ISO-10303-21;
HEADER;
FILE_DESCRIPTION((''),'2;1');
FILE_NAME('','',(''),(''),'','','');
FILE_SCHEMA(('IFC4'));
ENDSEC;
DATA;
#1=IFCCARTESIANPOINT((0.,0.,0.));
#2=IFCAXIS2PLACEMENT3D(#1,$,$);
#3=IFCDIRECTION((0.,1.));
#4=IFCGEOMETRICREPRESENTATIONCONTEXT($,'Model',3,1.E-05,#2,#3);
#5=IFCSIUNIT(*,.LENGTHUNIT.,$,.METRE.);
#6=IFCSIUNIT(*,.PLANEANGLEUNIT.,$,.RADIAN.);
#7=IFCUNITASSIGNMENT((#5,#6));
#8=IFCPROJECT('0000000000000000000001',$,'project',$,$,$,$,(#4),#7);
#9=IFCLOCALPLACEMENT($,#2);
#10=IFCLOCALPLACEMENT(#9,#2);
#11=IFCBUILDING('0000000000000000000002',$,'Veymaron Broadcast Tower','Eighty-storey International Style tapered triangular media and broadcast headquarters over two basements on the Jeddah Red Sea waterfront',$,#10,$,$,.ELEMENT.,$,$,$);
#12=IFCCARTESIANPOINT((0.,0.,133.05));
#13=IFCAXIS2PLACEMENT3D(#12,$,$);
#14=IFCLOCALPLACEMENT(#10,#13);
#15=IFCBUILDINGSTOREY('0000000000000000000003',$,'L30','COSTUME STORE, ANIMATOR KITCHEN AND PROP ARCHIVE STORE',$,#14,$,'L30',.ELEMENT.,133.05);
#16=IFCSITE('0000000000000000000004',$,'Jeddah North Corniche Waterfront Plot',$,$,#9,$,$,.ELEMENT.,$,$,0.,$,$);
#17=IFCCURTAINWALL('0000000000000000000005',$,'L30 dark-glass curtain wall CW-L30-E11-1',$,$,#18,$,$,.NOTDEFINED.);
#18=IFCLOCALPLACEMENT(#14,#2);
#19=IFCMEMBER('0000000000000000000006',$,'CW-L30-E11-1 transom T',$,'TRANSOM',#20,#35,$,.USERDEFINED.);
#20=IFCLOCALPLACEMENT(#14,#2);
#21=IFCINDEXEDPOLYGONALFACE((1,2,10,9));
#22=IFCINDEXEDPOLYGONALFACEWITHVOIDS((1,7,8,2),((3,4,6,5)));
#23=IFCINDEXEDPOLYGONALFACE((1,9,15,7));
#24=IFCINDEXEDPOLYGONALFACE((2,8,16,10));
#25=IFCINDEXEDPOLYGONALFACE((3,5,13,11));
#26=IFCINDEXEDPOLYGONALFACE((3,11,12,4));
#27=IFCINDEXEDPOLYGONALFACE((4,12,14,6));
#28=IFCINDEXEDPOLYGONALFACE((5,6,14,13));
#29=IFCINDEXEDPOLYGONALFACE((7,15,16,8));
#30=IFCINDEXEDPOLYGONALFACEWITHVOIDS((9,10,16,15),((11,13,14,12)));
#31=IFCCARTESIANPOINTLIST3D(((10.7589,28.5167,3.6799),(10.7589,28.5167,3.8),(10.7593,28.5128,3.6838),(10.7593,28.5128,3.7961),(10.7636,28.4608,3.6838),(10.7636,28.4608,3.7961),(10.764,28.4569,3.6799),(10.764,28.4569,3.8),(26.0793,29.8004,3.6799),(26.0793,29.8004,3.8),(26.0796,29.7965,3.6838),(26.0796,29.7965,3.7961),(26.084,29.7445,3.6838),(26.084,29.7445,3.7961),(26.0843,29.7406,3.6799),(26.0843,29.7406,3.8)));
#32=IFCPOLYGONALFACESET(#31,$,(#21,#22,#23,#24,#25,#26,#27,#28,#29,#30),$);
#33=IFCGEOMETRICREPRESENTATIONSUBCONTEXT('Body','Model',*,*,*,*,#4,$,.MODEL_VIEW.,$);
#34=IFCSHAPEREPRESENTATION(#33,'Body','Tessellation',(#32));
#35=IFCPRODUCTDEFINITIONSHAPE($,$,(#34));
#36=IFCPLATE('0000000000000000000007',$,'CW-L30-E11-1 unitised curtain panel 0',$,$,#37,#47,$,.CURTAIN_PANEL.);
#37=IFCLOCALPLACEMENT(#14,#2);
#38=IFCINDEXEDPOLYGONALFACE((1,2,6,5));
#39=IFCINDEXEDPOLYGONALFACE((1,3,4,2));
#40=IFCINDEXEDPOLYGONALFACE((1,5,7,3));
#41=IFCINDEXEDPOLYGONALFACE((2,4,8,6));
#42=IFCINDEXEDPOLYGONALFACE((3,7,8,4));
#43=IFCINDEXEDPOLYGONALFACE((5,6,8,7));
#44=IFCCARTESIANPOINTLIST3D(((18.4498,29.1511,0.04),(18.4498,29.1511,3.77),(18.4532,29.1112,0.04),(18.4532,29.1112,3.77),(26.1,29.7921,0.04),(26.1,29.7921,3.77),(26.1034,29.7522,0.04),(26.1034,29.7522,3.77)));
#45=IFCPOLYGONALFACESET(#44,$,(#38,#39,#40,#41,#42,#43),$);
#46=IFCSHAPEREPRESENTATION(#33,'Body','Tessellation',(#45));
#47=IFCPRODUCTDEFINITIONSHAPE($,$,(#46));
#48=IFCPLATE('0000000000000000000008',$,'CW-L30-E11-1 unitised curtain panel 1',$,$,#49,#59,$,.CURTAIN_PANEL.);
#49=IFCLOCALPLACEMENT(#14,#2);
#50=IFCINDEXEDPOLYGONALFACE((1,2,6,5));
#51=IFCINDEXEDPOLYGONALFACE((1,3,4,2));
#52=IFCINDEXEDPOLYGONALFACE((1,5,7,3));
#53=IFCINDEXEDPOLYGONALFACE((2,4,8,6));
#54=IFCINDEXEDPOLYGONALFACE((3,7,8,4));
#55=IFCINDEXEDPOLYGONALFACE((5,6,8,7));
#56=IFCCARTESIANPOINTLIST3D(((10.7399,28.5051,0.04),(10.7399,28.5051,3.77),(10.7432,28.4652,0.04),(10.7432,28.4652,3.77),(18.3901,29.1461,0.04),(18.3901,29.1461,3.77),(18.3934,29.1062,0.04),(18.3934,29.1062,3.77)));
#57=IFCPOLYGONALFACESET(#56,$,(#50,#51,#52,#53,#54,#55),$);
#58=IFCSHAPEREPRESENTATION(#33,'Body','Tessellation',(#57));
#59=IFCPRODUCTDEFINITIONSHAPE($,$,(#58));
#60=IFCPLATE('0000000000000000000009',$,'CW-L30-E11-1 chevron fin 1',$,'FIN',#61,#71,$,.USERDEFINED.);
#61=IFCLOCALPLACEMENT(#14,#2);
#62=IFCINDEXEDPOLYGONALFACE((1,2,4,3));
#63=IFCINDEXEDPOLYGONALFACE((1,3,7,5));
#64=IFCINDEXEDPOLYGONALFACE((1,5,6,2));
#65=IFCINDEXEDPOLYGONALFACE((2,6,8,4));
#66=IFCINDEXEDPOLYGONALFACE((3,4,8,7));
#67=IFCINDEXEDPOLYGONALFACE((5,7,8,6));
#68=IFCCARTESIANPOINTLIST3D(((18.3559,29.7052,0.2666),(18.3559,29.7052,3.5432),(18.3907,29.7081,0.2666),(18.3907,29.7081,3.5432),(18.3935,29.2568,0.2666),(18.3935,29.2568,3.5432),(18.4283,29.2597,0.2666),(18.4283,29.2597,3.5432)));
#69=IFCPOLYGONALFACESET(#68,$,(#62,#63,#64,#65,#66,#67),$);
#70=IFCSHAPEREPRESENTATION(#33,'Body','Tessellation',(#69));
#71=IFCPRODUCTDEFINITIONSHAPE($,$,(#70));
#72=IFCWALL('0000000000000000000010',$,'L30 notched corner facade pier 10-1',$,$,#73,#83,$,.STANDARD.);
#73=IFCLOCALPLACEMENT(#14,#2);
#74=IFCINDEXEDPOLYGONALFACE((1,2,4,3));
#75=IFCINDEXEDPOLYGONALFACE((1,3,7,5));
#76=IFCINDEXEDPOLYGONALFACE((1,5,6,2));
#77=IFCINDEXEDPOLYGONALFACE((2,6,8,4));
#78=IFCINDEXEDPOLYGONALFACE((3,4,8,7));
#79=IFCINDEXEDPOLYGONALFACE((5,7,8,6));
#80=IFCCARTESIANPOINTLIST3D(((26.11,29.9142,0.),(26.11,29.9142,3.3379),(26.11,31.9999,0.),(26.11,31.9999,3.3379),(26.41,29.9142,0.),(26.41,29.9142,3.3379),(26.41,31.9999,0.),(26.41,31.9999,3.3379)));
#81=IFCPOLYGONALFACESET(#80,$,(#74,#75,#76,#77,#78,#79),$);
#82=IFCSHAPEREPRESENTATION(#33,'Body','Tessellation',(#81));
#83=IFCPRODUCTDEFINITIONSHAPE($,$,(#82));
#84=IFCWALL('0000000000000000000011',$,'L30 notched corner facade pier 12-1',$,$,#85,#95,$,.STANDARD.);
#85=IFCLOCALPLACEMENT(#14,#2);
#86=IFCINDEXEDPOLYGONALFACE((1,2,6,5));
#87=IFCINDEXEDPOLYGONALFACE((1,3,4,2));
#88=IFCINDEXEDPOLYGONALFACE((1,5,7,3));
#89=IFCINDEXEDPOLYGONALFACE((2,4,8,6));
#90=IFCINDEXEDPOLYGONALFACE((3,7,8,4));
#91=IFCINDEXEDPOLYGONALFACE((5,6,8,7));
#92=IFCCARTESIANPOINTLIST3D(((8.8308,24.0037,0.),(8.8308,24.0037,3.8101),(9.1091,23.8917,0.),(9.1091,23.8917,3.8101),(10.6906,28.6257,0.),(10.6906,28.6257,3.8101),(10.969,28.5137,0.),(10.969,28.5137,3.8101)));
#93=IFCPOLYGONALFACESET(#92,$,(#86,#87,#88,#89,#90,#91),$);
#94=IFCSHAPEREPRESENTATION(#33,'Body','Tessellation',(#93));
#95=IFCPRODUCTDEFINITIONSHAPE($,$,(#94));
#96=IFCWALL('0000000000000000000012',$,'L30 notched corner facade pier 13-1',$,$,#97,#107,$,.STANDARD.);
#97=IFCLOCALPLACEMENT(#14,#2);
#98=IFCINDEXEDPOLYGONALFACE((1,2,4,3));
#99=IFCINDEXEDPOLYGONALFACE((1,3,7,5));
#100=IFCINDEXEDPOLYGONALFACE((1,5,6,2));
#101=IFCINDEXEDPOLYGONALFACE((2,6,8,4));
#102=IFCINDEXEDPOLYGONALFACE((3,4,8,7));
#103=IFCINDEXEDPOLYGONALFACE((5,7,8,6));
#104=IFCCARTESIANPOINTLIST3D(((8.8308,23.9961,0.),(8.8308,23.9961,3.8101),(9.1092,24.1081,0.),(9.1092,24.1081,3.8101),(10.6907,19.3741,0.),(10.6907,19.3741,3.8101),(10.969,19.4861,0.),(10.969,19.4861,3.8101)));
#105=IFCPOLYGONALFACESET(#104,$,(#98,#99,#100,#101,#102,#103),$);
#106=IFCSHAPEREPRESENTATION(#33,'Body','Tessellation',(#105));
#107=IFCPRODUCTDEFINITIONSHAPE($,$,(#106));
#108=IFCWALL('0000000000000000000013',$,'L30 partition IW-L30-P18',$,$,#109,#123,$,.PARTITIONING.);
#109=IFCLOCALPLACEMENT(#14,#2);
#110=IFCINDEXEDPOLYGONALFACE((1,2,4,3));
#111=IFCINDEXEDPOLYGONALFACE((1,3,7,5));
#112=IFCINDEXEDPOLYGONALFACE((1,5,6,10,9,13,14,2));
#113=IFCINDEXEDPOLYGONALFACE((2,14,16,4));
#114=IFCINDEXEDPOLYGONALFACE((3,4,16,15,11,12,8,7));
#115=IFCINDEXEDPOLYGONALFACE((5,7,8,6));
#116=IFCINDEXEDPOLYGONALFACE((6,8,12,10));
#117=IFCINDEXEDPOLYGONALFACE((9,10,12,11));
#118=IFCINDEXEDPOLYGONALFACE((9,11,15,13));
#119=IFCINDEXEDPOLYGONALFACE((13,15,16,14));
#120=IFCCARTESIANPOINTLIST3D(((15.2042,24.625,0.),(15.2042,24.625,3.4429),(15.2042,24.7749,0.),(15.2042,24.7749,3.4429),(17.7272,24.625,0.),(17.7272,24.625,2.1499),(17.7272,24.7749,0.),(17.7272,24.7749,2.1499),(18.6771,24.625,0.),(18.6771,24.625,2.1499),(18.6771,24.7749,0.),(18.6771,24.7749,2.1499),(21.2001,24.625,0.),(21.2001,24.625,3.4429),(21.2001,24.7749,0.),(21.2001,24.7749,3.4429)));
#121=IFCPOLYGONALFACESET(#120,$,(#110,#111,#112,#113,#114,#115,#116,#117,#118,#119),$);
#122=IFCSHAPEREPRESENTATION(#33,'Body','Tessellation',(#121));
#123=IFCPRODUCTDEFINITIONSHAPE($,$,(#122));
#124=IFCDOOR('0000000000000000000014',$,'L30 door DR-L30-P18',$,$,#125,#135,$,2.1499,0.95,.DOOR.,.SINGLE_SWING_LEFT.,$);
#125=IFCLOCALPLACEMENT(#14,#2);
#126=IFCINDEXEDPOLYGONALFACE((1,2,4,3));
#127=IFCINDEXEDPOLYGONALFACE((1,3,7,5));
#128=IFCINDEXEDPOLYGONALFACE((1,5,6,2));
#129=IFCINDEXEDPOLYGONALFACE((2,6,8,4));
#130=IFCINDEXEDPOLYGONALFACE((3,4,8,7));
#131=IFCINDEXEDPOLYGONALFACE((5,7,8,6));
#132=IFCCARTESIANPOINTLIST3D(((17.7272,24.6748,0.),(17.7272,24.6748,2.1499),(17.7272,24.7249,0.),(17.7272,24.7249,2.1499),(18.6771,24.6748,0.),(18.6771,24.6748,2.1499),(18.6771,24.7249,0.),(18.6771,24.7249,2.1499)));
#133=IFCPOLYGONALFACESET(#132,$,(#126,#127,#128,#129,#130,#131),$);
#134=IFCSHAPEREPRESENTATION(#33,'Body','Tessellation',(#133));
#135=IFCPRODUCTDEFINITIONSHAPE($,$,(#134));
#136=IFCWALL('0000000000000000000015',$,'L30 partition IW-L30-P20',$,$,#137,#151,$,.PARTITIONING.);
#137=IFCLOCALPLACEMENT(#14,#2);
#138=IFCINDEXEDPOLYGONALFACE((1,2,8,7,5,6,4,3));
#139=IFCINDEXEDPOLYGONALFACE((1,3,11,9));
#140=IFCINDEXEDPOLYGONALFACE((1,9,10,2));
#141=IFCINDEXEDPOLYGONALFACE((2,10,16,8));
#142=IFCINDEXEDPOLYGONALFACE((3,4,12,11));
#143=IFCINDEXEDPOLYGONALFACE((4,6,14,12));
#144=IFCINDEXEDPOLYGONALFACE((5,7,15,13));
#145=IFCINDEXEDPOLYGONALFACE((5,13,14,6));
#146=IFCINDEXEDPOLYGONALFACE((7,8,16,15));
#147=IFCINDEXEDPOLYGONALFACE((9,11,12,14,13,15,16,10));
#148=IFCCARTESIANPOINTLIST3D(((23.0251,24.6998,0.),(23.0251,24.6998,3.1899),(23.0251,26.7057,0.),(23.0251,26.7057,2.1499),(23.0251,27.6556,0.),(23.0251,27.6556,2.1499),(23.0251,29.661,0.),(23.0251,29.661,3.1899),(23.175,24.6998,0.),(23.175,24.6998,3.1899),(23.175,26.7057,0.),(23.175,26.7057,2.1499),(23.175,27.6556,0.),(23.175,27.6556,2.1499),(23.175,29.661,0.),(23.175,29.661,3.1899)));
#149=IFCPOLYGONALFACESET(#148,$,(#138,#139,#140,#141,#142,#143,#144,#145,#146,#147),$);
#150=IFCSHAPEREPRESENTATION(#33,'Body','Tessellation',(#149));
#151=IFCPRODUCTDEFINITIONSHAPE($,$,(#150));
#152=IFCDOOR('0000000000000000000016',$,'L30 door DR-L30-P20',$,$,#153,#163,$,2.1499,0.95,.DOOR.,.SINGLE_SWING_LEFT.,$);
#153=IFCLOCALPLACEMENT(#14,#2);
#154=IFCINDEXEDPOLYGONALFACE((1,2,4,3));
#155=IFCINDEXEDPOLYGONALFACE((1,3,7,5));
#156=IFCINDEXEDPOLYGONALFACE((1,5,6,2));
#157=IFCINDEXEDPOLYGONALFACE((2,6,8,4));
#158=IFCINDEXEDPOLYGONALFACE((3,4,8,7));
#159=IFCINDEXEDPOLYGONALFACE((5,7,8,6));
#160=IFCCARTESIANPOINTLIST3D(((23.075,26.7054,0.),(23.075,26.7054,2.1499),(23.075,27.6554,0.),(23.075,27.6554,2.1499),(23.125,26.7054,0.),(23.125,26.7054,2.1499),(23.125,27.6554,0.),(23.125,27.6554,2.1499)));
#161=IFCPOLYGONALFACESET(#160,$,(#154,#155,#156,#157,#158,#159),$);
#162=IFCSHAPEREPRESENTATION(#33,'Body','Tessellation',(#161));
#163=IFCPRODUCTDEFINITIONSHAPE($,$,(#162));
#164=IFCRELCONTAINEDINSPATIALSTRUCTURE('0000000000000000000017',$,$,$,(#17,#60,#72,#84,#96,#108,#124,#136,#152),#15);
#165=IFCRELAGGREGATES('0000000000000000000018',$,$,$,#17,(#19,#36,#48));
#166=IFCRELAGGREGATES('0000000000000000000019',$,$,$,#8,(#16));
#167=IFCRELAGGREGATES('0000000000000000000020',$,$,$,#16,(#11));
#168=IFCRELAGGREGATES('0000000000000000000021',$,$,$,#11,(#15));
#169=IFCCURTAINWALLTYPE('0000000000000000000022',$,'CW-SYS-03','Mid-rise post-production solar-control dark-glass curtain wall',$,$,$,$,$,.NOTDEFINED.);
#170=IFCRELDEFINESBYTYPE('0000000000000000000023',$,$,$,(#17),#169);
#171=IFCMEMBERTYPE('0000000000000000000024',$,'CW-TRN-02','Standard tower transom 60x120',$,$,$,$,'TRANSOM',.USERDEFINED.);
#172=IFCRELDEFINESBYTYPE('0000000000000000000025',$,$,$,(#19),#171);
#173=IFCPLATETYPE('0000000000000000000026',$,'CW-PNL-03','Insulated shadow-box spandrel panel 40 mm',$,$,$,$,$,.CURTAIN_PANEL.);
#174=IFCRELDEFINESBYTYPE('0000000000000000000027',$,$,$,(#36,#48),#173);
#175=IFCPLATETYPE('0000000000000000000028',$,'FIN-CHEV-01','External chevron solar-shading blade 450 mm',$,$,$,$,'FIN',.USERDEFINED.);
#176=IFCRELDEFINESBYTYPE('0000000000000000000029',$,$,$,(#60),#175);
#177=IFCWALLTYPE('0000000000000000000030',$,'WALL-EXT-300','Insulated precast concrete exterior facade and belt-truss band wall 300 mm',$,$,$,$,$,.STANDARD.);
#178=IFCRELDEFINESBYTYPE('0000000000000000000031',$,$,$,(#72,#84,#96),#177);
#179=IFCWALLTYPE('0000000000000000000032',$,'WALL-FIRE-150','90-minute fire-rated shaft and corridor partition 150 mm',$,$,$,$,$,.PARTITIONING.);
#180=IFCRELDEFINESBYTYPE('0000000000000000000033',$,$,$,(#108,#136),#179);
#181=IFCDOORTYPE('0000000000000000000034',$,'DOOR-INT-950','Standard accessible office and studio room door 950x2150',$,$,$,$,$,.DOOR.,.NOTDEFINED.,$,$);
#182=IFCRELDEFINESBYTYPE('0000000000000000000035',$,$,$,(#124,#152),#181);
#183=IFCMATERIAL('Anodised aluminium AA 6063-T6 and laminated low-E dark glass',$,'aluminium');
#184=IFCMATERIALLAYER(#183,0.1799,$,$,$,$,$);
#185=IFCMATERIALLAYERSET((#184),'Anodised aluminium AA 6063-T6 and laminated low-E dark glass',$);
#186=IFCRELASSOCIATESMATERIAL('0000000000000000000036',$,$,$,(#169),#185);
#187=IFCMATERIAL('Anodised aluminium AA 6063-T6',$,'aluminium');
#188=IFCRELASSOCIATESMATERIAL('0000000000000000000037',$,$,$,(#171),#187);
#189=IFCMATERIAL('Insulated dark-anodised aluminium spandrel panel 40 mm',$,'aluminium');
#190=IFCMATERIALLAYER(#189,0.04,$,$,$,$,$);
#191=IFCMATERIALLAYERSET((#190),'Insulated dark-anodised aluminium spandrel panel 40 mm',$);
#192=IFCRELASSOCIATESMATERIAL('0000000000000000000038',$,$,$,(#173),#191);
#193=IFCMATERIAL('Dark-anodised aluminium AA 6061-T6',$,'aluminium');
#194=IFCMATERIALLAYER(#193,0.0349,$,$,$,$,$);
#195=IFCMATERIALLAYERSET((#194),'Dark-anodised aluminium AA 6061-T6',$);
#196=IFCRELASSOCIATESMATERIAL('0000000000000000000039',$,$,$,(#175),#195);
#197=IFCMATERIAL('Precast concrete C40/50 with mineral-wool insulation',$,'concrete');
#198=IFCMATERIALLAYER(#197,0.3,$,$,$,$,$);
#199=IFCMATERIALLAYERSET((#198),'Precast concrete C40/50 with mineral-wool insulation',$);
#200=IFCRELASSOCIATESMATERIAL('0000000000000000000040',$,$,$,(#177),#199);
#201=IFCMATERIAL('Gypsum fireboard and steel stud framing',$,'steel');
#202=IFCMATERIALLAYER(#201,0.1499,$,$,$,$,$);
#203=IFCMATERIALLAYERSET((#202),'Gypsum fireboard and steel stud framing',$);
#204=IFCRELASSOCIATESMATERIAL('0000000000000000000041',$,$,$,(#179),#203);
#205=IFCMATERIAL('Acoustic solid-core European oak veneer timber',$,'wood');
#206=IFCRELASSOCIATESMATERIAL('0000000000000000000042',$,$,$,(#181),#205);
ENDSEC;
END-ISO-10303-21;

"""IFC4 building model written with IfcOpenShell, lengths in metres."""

from ifc_helpers import new_model, si_unit, direction, frame, frame_2d, origin, origin_2d, place, context, subcontext, project, spatial, rectangle, hollow_rectangle, extrude, material, layer, layer_set, material_profile, profile_set, type_object, element, fill, aggregate, save


model = new_model("IFC4")

# Units and contexts
model_context = context("Model", 3, precision=1e-05, world=origin(), true_north=direction((0.0, 1.0)))
body_context = subcontext(model_context, "Body", "Model", "MODEL_VIEW")
ifc_project = project(units=[si_unit("LENGTHUNIT", "METRE"), si_unit("PLANEANGLEUNIT", "RADIAN")], contexts=[model_context])

# Site, building, storey
site_placement = place(None, origin())
site = spatial("IfcSite", under=ifc_project, at=site_placement, Name="Jeddah North Corniche Waterfront Plot", CompositionType="ELEMENT", RefElevation=0.0)
building_placement = place(site_placement, origin())
building = spatial("IfcBuilding", under=site, at=building_placement, Name="Veymaron Broadcast Tower", Description="Eighty-storey International Style tapered triangular media and broadcast headquarters over two basements on the Jeddah Red Sea waterfront", CompositionType="ELEMENT")
storey_placement = place(building_placement, frame((0.0, 0.0, 133.05)))
storey = spatial("IfcBuildingStorey", under=building, at=storey_placement, Name="L30", Description="COSTUME STORE, ANIMATOR KITCHEN AND PROP ARCHIVE STORE", LongName="L30", CompositionType="ELEMENT", Elevation=133.05)

# Curtain wall, member, plates
ifc_material_1 = material(Name="Anodised aluminium AA 6063-T6 and laminated low-E dark glass", Category="aluminium")
ifc_layer_1 = layer(ifc_material_1, 0.1799)
ifc_layer_set_1 = layer_set([ifc_layer_1], Name="Anodised aluminium AA 6063-T6 and laminated low-E dark glass")
curtain_wall_type = type_object("IfcCurtainWallType", Name="CW-SYS-03", Description="Mid-rise post-production solar-control dark-glass curtain wall", PredefinedType="NOTDEFINED", material=ifc_layer_set_1)
curtain_wall_placement = place(storey_placement, origin())
curtain_wall = element("IfcCurtainWall", 1, at=curtain_wall_placement, inside=storey, type_object=curtain_wall_type, Name="L30 dark-glass curtain wall CW-L30-E11-1", PredefinedType="NOTDEFINED")
ifc_material_2 = material(Name="Anodised aluminium AA 6063-T6", Category="aluminium")
ifc_material_profile_1 = material_profile(ifc_material_2, hollow_rectangle(XDim=0.0601, YDim=0.1201, WallThickness=0.0039, at=origin_2d()), Name="AL120X60X4")
ifc_profile_set_1 = profile_set([ifc_material_profile_1], Name="Anodised aluminium AA 6063-T6")
member_type_1 = type_object("IfcMemberType", Name="CW-TRN-02", Description="Standard tower transom 60x120", ElementType="TRANSOM", PredefinedType="USERDEFINED", material=ifc_profile_set_1)
member_1_placement = place(storey_placement, frame((26.0818, 29.7705, 3.74), z_axis=(-0.996508, -0.083498, 0.0), x_axis=(0.083498, -0.996508, 0.0)))
member_1 = element("IfcMember", 2, at=member_1_placement, type_object=member_type_1, Name="CW-L30-E11-1 transom T", ObjectType="TRANSOM", PredefinedType="USERDEFINED", context=body_context, shape_type="SweptSolid", body=[
    extrude(hollow_rectangle(XDim=0.0601, YDim=0.1201, WallThickness=0.0039, at=origin_2d()), origin(), (0.0, 0.0, 1.0), 15.374),
])
ifc_material_3 = material(Name="Insulated dark-anodised aluminium spandrel panel 40 mm", Category="aluminium")
ifc_layer_2 = layer(ifc_material_3, 0.04)
ifc_layer_set_2 = layer_set([ifc_layer_2], Name="Insulated dark-anodised aluminium spandrel panel 40 mm")
plate_type_1 = type_object("IfcPlateType", Name="CW-PNL-03", Description="Insulated shadow-box spandrel panel 40 mm", PredefinedType="CURTAIN_PANEL", material=ifc_layer_set_2)
plate_1_placement = place(storey_placement, frame((22.2766, 29.4517, 0.04), z_axis=(0.0, 0.0, 1.0), x_axis=(-0.996507, -0.083504, 0.0)))
plate_1 = element("IfcPlate", 3, at=plate_1_placement, type_object=plate_type_1, Name="CW-L30-E11-1 unitised curtain panel 0", PredefinedType="CURTAIN_PANEL", context=body_context, shape_type="SweptSolid", body=[
    extrude(rectangle(XDim=7.677, YDim=0.04, at=origin_2d()), origin(), (0.0, 0.0, 1.0), 3.73),
])
plate_2_placement = place(storey_placement, frame((14.5667, 28.8057, 0.04), z_axis=(0.0, 0.0, 1.0), x_axis=(-0.996507, -0.083504, 0.0)))
plate_2 = element("IfcPlate", 4, at=plate_2_placement, type_object=plate_type_1, Name="CW-L30-E11-1 unitised curtain panel 1", PredefinedType="CURTAIN_PANEL", context=body_context, shape_type="SweptSolid", body=[
    extrude(rectangle(XDim=7.677, YDim=0.04, at=origin_2d()), origin(), (0.0, 0.0, 1.0), 3.73),
])
aggregate(curtain_wall, [member_1, plate_1, plate_2])

# Plate
ifc_material_4 = material(Name="Dark-anodised aluminium AA 6061-T6", Category="aluminium")
ifc_layer_3 = layer(ifc_material_4, 0.0349)
ifc_layer_set_3 = layer_set([ifc_layer_3], Name="Dark-anodised aluminium AA 6061-T6")
plate_type_2 = type_object("IfcPlateType", Name="FIN-CHEV-01", Description="External chevron solar-shading blade 450 mm", ElementType="FIN", PredefinedType="USERDEFINED", material=ifc_layer_set_3)
plate_3_placement = place(storey_placement, frame((18.3921, 29.4824, 0.2666), z_axis=(0.0, 0.0, 1.0), x_axis=(-0.083504, 0.996507, 0.0)))
element("IfcPlate", 5, at=plate_3_placement, inside=storey, type_object=plate_type_2, Name="CW-L30-E11-1 chevron fin 1", ObjectType="FIN", PredefinedType="USERDEFINED", context=body_context, shape_type="SweptSolid", body=[
    extrude(rectangle(XDim=0.45, YDim=0.0349, at=origin_2d()), origin(), (0.0, 0.0, 1.0), 3.2766),
])

# Walls
ifc_material_5 = material(Name="Precast concrete C40/50 with mineral-wool insulation", Category="concrete")
ifc_layer_4 = layer(ifc_material_5, 0.3)
ifc_layer_set_4 = layer_set([ifc_layer_4], Name="Precast concrete C40/50 with mineral-wool insulation")
wall_type_1 = type_object("IfcWallType", Name="WALL-EXT-300", Description="Insulated precast concrete exterior facade and belt-truss band wall 300 mm", PredefinedType="STANDARD", material=ifc_layer_set_4)
wall_1_placement = place(storey_placement, frame((26.26, 32.0, 0.0), z_axis=(0.0, 0.0, 1.0), x_axis=(0.0, -1.0, 0.0)))
element("IfcWall", 6, at=wall_1_placement, inside=storey, type_object=wall_type_1, Name="L30 notched corner facade pier 10-1", PredefinedType="STANDARD", context=body_context, shape_type="SweptSolid", body=[
    extrude(rectangle(XDim=2.0857, YDim=0.3, at=frame_2d((1.043, 0.0))), origin(), (0.0, 0.0, 1.0), 3.3379),
])
for number, where, z_axis, x_axis, name in (
    (7, (10.8298, 28.5698, 0.0), (0.0, 0.0, 1.0), (-0.373299, -0.927711, 0.0), "L30 notched corner facade pier 12-1"),
    (8, (8.97, 24.0522, 0.0), (0.0, 0.0, 1.0), (0.373299, -0.927711, 0.0), "L30 notched corner facade pier 13-1"),
):
    element("IfcWall", number, at=place(storey_placement, frame(where, z_axis=z_axis, x_axis=x_axis)), inside=storey, type_object=wall_type_1, Name=name, PredefinedType="STANDARD", context=body_context, shape_type="SweptSolid", body=[
        extrude(rectangle(XDim=4.9822, YDim=0.3, at=frame_2d((2.4912, 0.0))), origin(), (0.0, 0.0, 1.0), 3.8101),
    ])

# Walls, openings, doors
ifc_material_6 = material(Name="Gypsum fireboard and steel stud framing", Category="steel")
ifc_layer_5 = layer(ifc_material_6, 0.1499)
ifc_layer_set_5 = layer_set([ifc_layer_5], Name="Gypsum fireboard and steel stud framing")
wall_type_2 = type_object("IfcWallType", Name="WALL-FIRE-150", Description="90-minute fire-rated shaft and corridor partition 150 mm", PredefinedType="PARTITIONING", material=ifc_layer_set_5)
wall_2_placement = place(storey_placement, frame((15.2041, 24.7, 0.0), z_axis=(0.0, 0.0, 1.0), x_axis=(1.0, 0.0, 0.0)))
wall_2 = element("IfcWall", 9, at=wall_2_placement, inside=storey, type_object=wall_type_2, Name="L30 partition IW-L30-P18", PredefinedType="PARTITIONING", context=body_context, shape_type="SweptSolid", body=[
    extrude(rectangle(XDim=5.9958, YDim=0.1499, at=frame_2d((2.998, 0.0))), origin(), (0.0, 0.0, 1.0), 3.4429),
])
opening_1_placement = place(wall_2_placement, frame((2.5229, 0.0, 0.0)))
opening_1 = element("IfcOpeningElement", 10, at=opening_1_placement, cuts=wall_2, PredefinedType="OPENING", context=body_context, shape_type="SweptSolid", body=[
    extrude(rectangle(XDim=0.95, YDim=2.1499, at=frame_2d((0.4751, 1.075))), frame((0.0, 0.085, 0.0), z_axis=(0.0, -1.0, 0.0), x_axis=(1.0, 0.0, 0.0)), (0.0, 0.0, 1.0), 0.1699),
])
ifc_material_7 = material(Name="Acoustic solid-core European oak veneer timber", Category="wood")
door_type = type_object("IfcDoorType", Name="DOOR-INT-950", Description="Standard accessible office and studio room door 950x2150", OperationType="NOTDEFINED", PredefinedType="DOOR", material=ifc_material_7)
door_1_placement = place(opening_1_placement, origin())
door_1 = element("IfcDoor", 11, at=door_1_placement, inside=storey, type_object=door_type, Name="L30 door DR-L30-P18", OperationType="SINGLE_SWING_LEFT", OverallHeight=2.1499, OverallWidth=0.95, PredefinedType="DOOR", context=body_context, shape_type="SweptSolid", body=[
    extrude(rectangle(XDim=0.95, YDim=2.1499, at=frame_2d((0.4751, 1.075))), frame((0.0, 0.0249, 0.0), z_axis=(0.0, -1.0, 0.0), x_axis=(1.0, 0.0, 0.0)), (0.0, 0.0, 1.0), 0.05),
])
fill(opening_1, door_1)
wall_3_placement = place(storey_placement, frame((23.1001, 24.7, 0.0), z_axis=(0.0, 0.0, 1.0), x_axis=(0.0, 1.0, 0.0)))
wall_3 = element("IfcWall", 12, at=wall_3_placement, inside=storey, type_object=wall_type_2, Name="L30 partition IW-L30-P20", PredefinedType="PARTITIONING", context=body_context, shape_type="SweptSolid", body=[
    extrude(rectangle(XDim=4.9612, YDim=0.1499, at=frame_2d((2.4805, 0.0))), origin(), (0.0, 0.0, 1.0), 3.1899),
])
opening_2_placement = place(wall_3_placement, frame((2.0056, 0.0, 0.0)))
opening_2 = element("IfcOpeningElement", 13, at=opening_2_placement, cuts=wall_3, PredefinedType="OPENING", context=body_context, shape_type="SweptSolid", body=[
    extrude(rectangle(XDim=0.95, YDim=2.1499, at=frame_2d((0.4751, 1.075))), frame((0.0, 0.085, 0.0), z_axis=(0.0, -1.0, 0.0), x_axis=(1.0, 0.0, 0.0)), (0.0, 0.0, 1.0), 0.1699),
])
door_2_placement = place(opening_2_placement, frame((0.95, 0.0, 0.0), z_axis=(0.0, 0.0, 1.0), x_axis=(-1.0, 0.0, 0.0)))
door_2 = element("IfcDoor", 14, at=door_2_placement, inside=storey, type_object=door_type, Name="L30 door DR-L30-P20", OperationType="SINGLE_SWING_LEFT", OverallHeight=2.1499, OverallWidth=0.95, PredefinedType="DOOR", context=body_context, shape_type="SweptSolid", body=[
    extrude(rectangle(XDim=0.95, YDim=2.1499, at=frame_2d((0.4751, 1.075))), frame((0.0, 0.0249, 0.0), z_axis=(0.0, -1.0, 0.0), x_axis=(1.0, 0.0, 0.0)), (0.0, 0.0, 1.0), 0.05),
])
fill(opening_2, door_2)

save(model, "model.ifc")
